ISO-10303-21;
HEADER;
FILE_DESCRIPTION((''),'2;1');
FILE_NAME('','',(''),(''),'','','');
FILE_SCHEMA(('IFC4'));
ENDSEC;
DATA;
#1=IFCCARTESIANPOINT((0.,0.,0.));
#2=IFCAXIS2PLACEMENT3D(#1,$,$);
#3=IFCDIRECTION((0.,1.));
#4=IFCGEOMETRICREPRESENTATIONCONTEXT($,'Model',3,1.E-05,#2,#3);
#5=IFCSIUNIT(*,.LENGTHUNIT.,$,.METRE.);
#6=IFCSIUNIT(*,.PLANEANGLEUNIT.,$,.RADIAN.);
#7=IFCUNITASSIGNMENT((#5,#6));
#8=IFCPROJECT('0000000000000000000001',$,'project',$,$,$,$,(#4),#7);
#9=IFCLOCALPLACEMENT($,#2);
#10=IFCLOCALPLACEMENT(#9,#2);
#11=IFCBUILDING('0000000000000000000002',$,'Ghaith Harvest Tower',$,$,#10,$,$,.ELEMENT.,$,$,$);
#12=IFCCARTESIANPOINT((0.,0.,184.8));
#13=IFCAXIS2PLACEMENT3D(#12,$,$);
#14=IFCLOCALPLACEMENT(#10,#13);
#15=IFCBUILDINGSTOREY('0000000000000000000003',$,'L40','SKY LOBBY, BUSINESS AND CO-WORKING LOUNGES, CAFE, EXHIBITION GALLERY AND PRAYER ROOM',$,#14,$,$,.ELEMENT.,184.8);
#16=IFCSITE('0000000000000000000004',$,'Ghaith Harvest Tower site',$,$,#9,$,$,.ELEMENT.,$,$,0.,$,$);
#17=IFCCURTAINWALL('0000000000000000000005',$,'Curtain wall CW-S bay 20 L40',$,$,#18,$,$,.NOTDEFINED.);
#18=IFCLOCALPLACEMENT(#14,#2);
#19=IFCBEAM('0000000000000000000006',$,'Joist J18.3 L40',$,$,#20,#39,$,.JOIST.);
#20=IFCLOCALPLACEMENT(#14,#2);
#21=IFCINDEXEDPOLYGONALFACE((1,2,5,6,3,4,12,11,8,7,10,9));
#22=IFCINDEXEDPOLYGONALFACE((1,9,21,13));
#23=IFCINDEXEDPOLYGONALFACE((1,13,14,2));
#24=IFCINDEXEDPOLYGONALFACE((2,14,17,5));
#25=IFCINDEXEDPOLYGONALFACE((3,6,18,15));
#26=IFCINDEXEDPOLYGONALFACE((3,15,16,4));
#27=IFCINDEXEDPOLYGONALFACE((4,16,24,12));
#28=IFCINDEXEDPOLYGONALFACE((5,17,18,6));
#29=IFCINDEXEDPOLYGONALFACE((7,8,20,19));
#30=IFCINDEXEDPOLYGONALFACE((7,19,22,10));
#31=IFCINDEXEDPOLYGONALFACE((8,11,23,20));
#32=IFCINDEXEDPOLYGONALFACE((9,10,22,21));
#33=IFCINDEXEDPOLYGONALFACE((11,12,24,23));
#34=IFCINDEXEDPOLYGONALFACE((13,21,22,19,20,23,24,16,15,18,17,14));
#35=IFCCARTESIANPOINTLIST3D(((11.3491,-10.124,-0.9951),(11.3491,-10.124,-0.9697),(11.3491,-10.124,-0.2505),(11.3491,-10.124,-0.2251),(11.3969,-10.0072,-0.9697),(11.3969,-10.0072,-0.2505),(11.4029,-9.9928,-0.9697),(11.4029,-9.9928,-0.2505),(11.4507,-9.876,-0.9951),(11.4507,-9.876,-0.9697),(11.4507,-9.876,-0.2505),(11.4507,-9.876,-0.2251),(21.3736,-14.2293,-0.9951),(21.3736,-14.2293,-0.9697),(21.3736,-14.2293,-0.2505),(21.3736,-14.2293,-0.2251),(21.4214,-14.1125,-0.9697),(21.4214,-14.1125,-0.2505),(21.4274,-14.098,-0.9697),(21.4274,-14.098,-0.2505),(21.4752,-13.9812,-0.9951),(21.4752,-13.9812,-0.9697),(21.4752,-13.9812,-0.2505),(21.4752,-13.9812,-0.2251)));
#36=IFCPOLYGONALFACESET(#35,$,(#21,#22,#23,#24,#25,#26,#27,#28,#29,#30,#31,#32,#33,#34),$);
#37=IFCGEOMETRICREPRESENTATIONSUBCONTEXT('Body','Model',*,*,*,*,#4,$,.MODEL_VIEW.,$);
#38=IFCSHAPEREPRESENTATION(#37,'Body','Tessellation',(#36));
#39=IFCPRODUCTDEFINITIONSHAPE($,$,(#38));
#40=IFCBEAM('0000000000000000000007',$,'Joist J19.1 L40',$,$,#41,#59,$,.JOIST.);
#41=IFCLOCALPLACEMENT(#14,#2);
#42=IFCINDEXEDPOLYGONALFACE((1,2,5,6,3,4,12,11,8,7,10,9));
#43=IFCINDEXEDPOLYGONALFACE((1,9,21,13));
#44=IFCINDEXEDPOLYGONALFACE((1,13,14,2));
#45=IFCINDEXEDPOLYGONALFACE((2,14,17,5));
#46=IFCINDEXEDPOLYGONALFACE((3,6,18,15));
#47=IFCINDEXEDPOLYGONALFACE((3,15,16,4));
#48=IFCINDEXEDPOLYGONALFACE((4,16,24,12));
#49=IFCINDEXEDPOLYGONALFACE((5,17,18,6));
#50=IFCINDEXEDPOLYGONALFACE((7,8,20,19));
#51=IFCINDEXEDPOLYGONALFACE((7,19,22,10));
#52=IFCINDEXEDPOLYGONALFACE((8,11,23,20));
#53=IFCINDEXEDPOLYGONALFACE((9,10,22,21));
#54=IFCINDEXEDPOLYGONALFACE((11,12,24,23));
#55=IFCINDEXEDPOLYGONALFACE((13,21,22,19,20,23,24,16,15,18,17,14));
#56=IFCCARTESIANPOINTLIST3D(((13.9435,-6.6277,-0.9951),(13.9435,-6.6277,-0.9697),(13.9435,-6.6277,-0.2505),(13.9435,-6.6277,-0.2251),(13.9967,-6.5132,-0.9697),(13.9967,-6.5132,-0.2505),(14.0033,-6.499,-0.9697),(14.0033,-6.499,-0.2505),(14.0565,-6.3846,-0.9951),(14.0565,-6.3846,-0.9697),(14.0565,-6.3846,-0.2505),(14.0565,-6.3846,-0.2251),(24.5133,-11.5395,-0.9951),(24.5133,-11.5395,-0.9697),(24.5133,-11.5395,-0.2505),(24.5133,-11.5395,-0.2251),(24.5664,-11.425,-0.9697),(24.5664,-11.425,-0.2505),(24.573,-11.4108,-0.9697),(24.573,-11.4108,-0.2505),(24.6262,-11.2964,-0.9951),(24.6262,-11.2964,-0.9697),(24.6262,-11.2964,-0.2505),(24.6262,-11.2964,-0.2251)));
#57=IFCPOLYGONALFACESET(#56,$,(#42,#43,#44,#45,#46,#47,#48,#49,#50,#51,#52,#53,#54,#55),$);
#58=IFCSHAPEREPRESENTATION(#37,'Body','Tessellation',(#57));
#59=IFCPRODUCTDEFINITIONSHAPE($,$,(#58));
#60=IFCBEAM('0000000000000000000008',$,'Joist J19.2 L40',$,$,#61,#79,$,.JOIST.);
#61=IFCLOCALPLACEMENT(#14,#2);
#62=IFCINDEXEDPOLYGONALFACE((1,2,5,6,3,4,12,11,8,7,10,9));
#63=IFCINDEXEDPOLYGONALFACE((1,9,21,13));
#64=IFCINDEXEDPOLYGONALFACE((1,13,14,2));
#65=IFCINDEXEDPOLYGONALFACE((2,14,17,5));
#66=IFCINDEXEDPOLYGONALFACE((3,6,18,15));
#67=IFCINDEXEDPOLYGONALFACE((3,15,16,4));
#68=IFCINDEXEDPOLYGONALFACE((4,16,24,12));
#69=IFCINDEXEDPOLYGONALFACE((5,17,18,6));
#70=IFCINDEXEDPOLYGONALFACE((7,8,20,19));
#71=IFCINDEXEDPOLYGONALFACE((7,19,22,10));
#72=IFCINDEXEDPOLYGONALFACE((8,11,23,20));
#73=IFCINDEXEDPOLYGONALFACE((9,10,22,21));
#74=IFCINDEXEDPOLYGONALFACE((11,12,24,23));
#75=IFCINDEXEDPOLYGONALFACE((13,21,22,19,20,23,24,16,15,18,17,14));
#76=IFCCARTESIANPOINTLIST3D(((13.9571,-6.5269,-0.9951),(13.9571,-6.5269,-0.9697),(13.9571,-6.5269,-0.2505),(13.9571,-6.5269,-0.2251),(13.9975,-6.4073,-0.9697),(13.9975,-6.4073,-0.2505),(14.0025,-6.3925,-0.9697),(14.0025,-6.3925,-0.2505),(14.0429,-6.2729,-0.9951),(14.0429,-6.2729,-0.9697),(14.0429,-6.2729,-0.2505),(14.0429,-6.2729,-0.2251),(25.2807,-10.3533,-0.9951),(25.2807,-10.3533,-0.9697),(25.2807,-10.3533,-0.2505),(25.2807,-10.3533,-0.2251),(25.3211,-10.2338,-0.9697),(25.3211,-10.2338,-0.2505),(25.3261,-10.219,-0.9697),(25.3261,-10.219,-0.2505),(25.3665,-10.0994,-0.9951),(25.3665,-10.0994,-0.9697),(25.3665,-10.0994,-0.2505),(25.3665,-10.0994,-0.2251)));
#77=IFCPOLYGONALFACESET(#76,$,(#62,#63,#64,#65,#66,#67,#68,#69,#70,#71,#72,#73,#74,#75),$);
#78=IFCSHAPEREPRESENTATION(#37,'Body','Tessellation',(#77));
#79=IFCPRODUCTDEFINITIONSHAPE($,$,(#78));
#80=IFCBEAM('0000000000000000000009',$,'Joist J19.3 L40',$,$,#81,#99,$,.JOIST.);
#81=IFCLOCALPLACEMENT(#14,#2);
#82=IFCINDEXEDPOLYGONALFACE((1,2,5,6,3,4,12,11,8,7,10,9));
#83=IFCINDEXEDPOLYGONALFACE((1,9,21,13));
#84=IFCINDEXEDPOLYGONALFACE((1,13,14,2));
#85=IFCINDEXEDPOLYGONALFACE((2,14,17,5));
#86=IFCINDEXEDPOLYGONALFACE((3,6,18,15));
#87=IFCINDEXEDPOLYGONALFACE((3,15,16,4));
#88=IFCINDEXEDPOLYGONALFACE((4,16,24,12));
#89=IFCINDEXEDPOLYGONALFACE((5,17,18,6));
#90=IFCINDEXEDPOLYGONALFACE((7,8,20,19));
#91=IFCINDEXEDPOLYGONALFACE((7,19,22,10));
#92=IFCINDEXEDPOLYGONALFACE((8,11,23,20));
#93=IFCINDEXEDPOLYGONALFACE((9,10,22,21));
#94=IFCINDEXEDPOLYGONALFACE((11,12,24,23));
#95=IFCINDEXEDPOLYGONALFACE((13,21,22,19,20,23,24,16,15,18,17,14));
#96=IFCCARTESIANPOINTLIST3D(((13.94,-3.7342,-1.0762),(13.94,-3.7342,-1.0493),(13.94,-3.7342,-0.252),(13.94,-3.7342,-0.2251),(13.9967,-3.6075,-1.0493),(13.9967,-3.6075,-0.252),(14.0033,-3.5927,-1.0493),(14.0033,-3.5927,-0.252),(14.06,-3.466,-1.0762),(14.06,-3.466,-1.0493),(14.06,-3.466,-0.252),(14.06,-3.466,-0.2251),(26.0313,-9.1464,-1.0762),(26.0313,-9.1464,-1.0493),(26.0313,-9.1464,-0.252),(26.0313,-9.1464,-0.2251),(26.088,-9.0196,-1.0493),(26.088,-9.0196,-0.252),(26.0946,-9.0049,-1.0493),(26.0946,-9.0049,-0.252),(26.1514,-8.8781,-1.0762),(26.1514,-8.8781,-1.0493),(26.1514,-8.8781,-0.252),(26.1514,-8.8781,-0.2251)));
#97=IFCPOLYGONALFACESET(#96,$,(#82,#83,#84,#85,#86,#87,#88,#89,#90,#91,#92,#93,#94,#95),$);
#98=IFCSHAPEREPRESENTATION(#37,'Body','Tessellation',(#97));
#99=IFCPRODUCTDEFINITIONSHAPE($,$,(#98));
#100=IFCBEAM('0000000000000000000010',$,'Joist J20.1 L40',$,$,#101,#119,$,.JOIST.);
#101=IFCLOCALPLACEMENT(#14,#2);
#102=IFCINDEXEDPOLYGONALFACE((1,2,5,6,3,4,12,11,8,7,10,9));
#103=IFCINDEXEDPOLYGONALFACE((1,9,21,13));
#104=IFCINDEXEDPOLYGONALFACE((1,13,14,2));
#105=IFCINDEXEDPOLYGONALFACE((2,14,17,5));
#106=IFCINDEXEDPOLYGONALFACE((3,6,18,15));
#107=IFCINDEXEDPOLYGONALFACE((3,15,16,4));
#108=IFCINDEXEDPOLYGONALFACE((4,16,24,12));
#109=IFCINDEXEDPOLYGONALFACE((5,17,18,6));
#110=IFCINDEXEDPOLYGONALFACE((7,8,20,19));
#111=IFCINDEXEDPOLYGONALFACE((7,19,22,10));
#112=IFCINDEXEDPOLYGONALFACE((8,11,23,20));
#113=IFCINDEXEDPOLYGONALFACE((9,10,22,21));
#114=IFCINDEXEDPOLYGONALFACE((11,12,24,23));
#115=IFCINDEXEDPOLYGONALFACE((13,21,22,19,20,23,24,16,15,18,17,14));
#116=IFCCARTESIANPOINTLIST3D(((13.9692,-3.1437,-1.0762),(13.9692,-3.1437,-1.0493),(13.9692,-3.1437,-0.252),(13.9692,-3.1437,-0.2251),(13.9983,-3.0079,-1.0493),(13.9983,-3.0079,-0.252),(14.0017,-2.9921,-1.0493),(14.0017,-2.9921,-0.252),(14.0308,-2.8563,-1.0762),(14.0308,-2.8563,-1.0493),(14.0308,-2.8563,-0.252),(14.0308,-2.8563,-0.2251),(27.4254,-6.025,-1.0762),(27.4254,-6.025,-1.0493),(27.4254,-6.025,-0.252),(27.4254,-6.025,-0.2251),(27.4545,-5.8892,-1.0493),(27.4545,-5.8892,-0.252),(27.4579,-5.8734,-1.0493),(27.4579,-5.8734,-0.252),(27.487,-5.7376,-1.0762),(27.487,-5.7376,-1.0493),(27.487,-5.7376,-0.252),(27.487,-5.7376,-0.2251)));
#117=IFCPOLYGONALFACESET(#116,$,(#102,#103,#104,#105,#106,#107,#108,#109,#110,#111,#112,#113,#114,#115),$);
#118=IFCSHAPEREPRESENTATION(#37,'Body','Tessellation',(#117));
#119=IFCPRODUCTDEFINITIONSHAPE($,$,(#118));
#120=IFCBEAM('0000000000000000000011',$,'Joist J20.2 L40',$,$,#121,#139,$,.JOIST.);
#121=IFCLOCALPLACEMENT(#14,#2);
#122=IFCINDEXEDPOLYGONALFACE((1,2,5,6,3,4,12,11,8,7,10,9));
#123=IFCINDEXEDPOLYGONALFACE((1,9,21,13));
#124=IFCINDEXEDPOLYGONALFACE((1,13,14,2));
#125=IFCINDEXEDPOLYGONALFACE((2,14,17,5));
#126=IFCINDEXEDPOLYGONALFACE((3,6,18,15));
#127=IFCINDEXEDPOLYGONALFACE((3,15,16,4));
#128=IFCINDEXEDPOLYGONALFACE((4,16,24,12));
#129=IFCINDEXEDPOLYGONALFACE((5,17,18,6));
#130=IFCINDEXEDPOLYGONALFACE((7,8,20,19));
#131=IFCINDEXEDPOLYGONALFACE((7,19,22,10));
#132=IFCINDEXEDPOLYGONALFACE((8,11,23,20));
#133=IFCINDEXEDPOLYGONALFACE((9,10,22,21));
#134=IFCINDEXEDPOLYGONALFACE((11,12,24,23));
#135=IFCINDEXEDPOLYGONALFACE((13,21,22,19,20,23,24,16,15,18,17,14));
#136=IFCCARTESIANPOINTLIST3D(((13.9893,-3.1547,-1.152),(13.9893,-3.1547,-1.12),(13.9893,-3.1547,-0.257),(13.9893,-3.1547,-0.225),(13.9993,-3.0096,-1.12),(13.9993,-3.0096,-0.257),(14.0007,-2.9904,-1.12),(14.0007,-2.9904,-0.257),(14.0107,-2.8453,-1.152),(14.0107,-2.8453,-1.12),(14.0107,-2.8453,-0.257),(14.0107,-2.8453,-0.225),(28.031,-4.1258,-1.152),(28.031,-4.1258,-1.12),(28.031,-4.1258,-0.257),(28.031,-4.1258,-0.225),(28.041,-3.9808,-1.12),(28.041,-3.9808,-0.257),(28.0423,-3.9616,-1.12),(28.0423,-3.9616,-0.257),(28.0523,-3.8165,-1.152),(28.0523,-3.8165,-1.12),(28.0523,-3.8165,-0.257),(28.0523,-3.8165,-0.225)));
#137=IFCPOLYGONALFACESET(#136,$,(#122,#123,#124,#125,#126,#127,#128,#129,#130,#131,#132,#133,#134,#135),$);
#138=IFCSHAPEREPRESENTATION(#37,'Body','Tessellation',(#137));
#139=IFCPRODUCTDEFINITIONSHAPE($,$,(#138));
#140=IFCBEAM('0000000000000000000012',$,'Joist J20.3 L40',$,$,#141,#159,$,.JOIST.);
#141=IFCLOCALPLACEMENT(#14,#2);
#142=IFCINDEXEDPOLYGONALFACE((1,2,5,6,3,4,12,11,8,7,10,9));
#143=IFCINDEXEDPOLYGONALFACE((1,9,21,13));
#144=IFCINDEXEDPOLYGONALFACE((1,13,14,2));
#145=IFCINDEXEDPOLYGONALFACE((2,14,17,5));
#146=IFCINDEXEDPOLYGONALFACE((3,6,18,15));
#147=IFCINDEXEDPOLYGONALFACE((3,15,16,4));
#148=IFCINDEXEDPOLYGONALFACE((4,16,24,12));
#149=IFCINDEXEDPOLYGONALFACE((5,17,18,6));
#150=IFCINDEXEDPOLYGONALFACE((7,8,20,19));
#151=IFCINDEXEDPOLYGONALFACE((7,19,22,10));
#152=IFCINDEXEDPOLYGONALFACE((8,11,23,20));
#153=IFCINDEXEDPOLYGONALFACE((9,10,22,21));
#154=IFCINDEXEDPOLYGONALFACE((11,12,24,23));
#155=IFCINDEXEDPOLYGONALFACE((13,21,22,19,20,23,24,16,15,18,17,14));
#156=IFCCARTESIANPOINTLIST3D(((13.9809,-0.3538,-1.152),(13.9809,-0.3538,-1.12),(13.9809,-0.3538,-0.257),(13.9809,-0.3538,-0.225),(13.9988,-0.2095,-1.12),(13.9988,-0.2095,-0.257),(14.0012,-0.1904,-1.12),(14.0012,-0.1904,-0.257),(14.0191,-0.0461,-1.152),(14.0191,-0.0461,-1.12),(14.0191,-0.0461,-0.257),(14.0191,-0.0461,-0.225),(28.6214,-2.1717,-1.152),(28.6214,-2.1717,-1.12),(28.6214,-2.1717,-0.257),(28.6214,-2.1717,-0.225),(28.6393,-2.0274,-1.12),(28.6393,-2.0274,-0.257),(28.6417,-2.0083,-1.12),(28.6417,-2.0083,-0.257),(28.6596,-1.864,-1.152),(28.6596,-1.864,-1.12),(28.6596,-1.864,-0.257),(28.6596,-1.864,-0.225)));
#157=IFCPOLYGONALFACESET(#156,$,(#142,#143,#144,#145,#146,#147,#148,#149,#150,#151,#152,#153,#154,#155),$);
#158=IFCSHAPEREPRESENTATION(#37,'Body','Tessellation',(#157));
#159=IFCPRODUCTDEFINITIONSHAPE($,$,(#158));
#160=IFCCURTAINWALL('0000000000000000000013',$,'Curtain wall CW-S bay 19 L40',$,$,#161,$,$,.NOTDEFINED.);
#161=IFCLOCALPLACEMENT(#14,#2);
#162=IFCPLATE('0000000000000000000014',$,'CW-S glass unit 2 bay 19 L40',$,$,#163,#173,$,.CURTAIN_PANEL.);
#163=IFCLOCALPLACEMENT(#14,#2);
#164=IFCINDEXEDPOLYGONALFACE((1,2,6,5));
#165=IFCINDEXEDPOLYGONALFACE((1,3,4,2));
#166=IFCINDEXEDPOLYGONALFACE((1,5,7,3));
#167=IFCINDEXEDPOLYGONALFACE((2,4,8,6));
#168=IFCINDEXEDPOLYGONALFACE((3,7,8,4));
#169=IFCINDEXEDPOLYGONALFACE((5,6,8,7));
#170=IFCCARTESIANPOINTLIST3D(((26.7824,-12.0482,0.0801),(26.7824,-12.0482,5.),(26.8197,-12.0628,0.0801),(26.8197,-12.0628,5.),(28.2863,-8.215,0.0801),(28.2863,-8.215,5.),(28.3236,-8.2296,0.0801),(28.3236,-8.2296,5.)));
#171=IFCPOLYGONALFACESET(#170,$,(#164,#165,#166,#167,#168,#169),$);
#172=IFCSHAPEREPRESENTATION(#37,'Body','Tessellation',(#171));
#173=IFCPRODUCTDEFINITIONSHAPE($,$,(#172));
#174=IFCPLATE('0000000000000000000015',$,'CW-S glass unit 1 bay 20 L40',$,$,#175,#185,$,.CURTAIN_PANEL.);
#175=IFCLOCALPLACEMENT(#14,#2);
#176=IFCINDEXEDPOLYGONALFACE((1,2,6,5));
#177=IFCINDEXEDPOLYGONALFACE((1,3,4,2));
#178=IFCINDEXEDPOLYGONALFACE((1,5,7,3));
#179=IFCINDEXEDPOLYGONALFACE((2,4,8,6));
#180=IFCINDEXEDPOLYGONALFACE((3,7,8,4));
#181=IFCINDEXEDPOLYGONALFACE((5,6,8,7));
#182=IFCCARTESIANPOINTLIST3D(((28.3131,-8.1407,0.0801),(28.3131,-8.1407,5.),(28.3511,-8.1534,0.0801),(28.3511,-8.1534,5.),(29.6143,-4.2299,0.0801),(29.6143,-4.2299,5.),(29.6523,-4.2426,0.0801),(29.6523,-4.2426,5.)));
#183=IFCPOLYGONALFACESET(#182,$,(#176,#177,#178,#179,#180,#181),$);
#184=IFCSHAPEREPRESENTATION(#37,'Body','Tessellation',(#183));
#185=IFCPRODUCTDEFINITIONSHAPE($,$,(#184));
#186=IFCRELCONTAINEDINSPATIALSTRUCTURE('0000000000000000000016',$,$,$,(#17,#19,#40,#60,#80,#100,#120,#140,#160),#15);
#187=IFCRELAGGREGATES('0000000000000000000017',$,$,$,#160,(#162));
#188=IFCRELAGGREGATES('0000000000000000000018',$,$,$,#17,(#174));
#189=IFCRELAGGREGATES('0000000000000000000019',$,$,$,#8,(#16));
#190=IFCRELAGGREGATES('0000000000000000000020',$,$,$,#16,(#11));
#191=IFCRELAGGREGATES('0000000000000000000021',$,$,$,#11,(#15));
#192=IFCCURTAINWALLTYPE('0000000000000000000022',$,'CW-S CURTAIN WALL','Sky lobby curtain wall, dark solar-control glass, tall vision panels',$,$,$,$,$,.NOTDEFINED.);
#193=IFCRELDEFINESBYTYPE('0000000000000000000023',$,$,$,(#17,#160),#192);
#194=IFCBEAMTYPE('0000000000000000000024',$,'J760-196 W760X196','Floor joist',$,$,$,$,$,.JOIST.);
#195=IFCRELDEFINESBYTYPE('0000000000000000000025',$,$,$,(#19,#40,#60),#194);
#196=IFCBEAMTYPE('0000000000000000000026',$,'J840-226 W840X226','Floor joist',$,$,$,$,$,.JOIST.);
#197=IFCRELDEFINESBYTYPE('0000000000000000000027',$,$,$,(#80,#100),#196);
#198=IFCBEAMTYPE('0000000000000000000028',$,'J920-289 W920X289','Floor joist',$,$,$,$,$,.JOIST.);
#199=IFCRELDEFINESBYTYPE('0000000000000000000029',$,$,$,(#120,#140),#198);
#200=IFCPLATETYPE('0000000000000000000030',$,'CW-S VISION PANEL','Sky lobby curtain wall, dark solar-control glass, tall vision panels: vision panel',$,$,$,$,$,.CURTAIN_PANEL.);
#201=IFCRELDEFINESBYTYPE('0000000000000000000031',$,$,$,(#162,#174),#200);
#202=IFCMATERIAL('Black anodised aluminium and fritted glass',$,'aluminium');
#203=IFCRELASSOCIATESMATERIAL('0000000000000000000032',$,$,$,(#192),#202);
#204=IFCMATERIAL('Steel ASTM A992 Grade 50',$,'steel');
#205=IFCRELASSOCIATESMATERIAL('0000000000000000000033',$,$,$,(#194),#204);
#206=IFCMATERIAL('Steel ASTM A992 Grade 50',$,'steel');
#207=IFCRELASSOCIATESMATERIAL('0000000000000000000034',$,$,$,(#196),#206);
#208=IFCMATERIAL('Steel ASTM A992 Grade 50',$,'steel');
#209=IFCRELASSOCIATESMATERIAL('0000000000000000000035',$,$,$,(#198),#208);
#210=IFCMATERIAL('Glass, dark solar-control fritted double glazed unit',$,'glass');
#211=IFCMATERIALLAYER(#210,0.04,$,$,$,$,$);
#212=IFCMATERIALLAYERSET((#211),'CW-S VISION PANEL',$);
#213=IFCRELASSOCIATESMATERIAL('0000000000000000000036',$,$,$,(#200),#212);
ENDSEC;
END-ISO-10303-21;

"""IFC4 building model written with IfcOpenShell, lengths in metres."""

from ifc_helpers import new_model, si_unit, direction, frame, origin, origin_2d, place, context, subcontext, project, spatial, rectangle, i_section, extrude, material, layer, layer_set, material_profile, profile_set, type_object, element, aggregate, save


model = new_model("IFC4")

# Units and contexts
model_context = context("Model", 3, precision=1e-05, world=origin(), true_north=direction((0.0, 1.0)))
body_context = subcontext(model_context, "Body", "Model", "MODEL_VIEW")
ifc_project = project(units=[si_unit("LENGTHUNIT", "METRE"), si_unit("PLANEANGLEUNIT", "RADIAN")], contexts=[model_context])

# Site, building, storey
site_placement = place(None, origin())
site = spatial("IfcSite", under=ifc_project, at=site_placement, Name="Ghaith Harvest Tower site", CompositionType="ELEMENT", RefElevation=0.0)
building_placement = place(site_placement, origin())
building = spatial("IfcBuilding", under=site, at=building_placement, Name="Ghaith Harvest Tower", CompositionType="ELEMENT")
storey_placement = place(building_placement, frame((0.0, 0.0, 184.8)))
storey = spatial("IfcBuildingStorey", under=building, at=storey_placement, Name="L40", Description="SKY LOBBY, BUSINESS AND CO-WORKING LOUNGES, CAFE, EXHIBITION GALLERY AND PRAYER ROOM", CompositionType="ELEMENT", Elevation=184.8)

# Curtain wall
ifc_material_1 = material(Name="Black anodised aluminium and fritted glass", Category="aluminium")
curtain_wall_type = type_object("IfcCurtainWallType", Name="CW-S CURTAIN WALL", Description="Sky lobby curtain wall, dark solar-control glass, tall vision panels", PredefinedType="NOTDEFINED", material=ifc_material_1)
curtain_wall_1_placement = place(storey_placement, origin())
curtain_wall_1 = element("IfcCurtainWall", 1, at=curtain_wall_1_placement, inside=storey, type_object=curtain_wall_type, Name="Curtain wall CW-S bay 20 L40", PredefinedType="NOTDEFINED")

# Beams
ifc_material_2 = material(Name="Steel ASTM A992 Grade 50", Category="steel")
ifc_material_profile_1 = material_profile(ifc_material_2, i_section(OverallWidth=0.2681, OverallDepth=0.77, WebThickness=0.0156, FlangeThickness=0.0254, at=origin_2d()), Name="W760X196")
ifc_profile_set_1 = profile_set([ifc_material_profile_1], Name="Steel ASTM A992 Grade 50")
beam_type_1 = type_object("IfcBeamType", Name="J760-196 W760X196", Description="Floor joist", PredefinedType="JOIST", material=ifc_profile_set_1)
beam_1_placement = place(storey_placement, frame((11.3999, -10.0, -0.6101), z_axis=(0.925407, -0.378975, 0.0), x_axis=(0.378975, 0.925407, 0.0)))
element("IfcBeam", 2, at=beam_1_placement, inside=storey, type_object=beam_type_1, Name="Joist J18.3 L40", PredefinedType="JOIST", context=body_context, shape_type="SweptSolid", body=[
    extrude(i_section(OverallWidth=0.2681, OverallDepth=0.77, WebThickness=0.0156, FlangeThickness=0.0254, at=origin_2d()), origin(), (0.0, 0.0, 1.0), 10.8325),
])
beam_2_placement = place(storey_placement, frame((14.0, -6.5061, -0.6101), z_axis=(0.906863, -0.421425, 0.0), x_axis=(0.421425, 0.906863, 0.0)))
element("IfcBeam", 3, at=beam_2_placement, inside=storey, type_object=beam_type_1, Name="Joist J19.1 L40", PredefinedType="JOIST", context=body_context, shape_type="SweptSolid", body=[
    extrude(i_section(OverallWidth=0.2681, OverallDepth=0.77, WebThickness=0.0156, FlangeThickness=0.0254, at=origin_2d()), origin(), (0.0, 0.0, 1.0), 11.6553),
])
beam_3_placement = place(storey_placement, frame((14.0, -6.3999, -0.6101), z_axis=(0.947372, -0.320135, 0.0), x_axis=(0.320135, 0.947372, 0.0)))
element("IfcBeam", 4, at=beam_3_placement, inside=storey, type_object=beam_type_1, Name="Joist J19.2 L40", PredefinedType="JOIST", context=body_context, shape_type="SweptSolid", body=[
    extrude(i_section(OverallWidth=0.2681, OverallDepth=0.77, WebThickness=0.0156, FlangeThickness=0.0254, at=origin_2d()), origin(), (0.0, 0.0, 1.0), 11.9526),
])
ifc_material_3 = material(Name="Steel ASTM A992 Grade 50", Category="steel")
ifc_material_profile_2 = material_profile(ifc_material_3, i_section(OverallWidth=0.2939, OverallDepth=0.8511, WebThickness=0.0161, FlangeThickness=0.0269, at=origin_2d()), Name="W840X226")
ifc_profile_set_2 = profile_set([ifc_material_profile_2], Name="Steel ASTM A992 Grade 50")
beam_type_2 = type_object("IfcBeamType", Name="J840-226 W840X226", Description="Floor joist", PredefinedType="JOIST", material=ifc_profile_set_2)
beam_4_placement = place(storey_placement, frame((14.0, -3.6001, -0.6506), z_axis=(0.912738, -0.408545, 0.0), x_axis=(0.408545, 0.912738, 0.0)))
element("IfcBeam", 5, at=beam_4_placement, inside=storey, type_object=beam_type_2, Name="Joist J19.3 L40", PredefinedType="JOIST", context=body_context, shape_type="SweptSolid", body=[
    extrude(i_section(OverallWidth=0.2939, OverallDepth=0.8511, WebThickness=0.0161, FlangeThickness=0.0269, at=origin_2d()), origin(), (0.0, 0.0, 1.0), 13.2473),
])
beam_5_placement = place(storey_placement, frame((14.0, -3.0, -0.6506), z_axis=(0.977834, -0.20938, 0.0), x_axis=(0.20938, 0.977834, 0.0)))
element("IfcBeam", 6, at=beam_5_placement, inside=storey, type_object=beam_type_2, Name="Joist J20.1 L40", PredefinedType="JOIST", context=body_context, shape_type="SweptSolid", body=[
    extrude(i_section(OverallWidth=0.2939, OverallDepth=0.8511, WebThickness=0.0161, FlangeThickness=0.0269, at=origin_2d()), origin(), (0.0, 0.0, 1.0), 13.7612),
])
ifc_material_4 = material(Name="Steel ASTM A992 Grade 50", Category="steel")
ifc_material_profile_3 = material_profile(ifc_material_4, i_section(OverallWidth=0.3101, OverallDepth=0.927, WebThickness=0.0193, FlangeThickness=0.032, at=origin_2d()), Name="W920X289")
ifc_profile_set_3 = profile_set([ifc_material_profile_3], Name="Steel ASTM A992 Grade 50")
beam_type_3 = type_object("IfcBeamType", Name="J920-289 W920X289", Description="Floor joist", PredefinedType="JOIST", material=ifc_profile_set_3)
beam_6_placement = place(storey_placement, frame((14.0, -3.0, -0.6885), z_axis=(0.997617, -0.069, 0.0), x_axis=(0.069, 0.997617, 0.0)))
element("IfcBeam", 7, at=beam_6_placement, inside=storey, type_object=beam_type_3, Name="Joist J20.2 L40", PredefinedType="JOIST", context=body_context, shape_type="SweptSolid", body=[
    extrude(i_section(OverallWidth=0.3101, OverallDepth=0.927, WebThickness=0.0193, FlangeThickness=0.032, at=origin_2d()), origin(), (0.0, 0.0, 1.0), 14.0752),
])
beam_7_placement = place(storey_placement, frame((14.0, -0.2, -0.6885), z_axis=(0.992379, -0.123222, 0.0), x_axis=(0.123222, 0.992379, 0.0)))
element("IfcBeam", 8, at=beam_7_placement, inside=storey, type_object=beam_type_3, Name="Joist J20.3 L40", PredefinedType="JOIST", context=body_context, shape_type="SweptSolid", body=[
    extrude(i_section(OverallWidth=0.3101, OverallDepth=0.927, WebThickness=0.0193, FlangeThickness=0.032, at=origin_2d()), origin(), (0.0, 0.0, 1.0), 14.7529),
])

# Curtain wall, plate
curtain_wall_2_placement = place(storey_placement, origin())
curtain_wall_2 = element("IfcCurtainWall", 9, at=curtain_wall_2_placement, inside=storey, type_object=curtain_wall_type, Name="Curtain wall CW-S bay 19 L40", PredefinedType="NOTDEFINED")
ifc_material_5 = material(Name="Glass, dark solar-control fritted double glazed unit", Category="glass")
ifc_layer_1 = layer(ifc_material_5, 0.04)
ifc_layer_set_1 = layer_set([ifc_layer_1], Name="CW-S VISION PANEL")
plate_type_1 = type_object("IfcPlateType", Name="CW-S VISION PANEL", Description="Sky lobby curtain wall, dark solar-control glass, tall vision panels: vision panel", PredefinedType="CURTAIN_PANEL", material=ifc_layer_set_1)
plate_1_placement = place(storey_placement, frame((27.553, -10.1389, 0.0801), z_axis=(0.0, 0.0, 1.0), x_axis=(0.365226, 0.930919, 0.0)))
plate_1 = element("IfcPlate", 10, at=plate_1_placement, type_object=plate_type_1, Name="CW-S glass unit 2 bay 19 L40", PredefinedType="CURTAIN_PANEL", context=body_context, shape_type="SweptSolid", body=[
    extrude(rectangle(XDim=4.1177, YDim=0.04, at=origin_2d()), origin(), (0.0, 0.0, 1.0), 4.9199),
])
aggregate(curtain_wall_2, [plate_1])

# Plate
plate_2_placement = place(storey_placement, frame((28.9827, -6.1917, 0.0801), z_axis=(0.0, 0.0, 1.0), x_axis=(0.315708, 0.948856, 0.0)))
plate_2 = element("IfcPlate", 11, at=plate_2_placement, type_object=plate_type_1, Name="CW-S glass unit 1 bay 20 L40", PredefinedType="CURTAIN_PANEL", context=body_context, shape_type="SweptSolid", body=[
    extrude(rectangle(XDim=4.1216, YDim=0.04, at=origin_2d()), origin(), (0.0, 0.0, 1.0), 4.9199),
])
aggregate(curtain_wall_1, [plate_2])

save(model, "model.ifc")
